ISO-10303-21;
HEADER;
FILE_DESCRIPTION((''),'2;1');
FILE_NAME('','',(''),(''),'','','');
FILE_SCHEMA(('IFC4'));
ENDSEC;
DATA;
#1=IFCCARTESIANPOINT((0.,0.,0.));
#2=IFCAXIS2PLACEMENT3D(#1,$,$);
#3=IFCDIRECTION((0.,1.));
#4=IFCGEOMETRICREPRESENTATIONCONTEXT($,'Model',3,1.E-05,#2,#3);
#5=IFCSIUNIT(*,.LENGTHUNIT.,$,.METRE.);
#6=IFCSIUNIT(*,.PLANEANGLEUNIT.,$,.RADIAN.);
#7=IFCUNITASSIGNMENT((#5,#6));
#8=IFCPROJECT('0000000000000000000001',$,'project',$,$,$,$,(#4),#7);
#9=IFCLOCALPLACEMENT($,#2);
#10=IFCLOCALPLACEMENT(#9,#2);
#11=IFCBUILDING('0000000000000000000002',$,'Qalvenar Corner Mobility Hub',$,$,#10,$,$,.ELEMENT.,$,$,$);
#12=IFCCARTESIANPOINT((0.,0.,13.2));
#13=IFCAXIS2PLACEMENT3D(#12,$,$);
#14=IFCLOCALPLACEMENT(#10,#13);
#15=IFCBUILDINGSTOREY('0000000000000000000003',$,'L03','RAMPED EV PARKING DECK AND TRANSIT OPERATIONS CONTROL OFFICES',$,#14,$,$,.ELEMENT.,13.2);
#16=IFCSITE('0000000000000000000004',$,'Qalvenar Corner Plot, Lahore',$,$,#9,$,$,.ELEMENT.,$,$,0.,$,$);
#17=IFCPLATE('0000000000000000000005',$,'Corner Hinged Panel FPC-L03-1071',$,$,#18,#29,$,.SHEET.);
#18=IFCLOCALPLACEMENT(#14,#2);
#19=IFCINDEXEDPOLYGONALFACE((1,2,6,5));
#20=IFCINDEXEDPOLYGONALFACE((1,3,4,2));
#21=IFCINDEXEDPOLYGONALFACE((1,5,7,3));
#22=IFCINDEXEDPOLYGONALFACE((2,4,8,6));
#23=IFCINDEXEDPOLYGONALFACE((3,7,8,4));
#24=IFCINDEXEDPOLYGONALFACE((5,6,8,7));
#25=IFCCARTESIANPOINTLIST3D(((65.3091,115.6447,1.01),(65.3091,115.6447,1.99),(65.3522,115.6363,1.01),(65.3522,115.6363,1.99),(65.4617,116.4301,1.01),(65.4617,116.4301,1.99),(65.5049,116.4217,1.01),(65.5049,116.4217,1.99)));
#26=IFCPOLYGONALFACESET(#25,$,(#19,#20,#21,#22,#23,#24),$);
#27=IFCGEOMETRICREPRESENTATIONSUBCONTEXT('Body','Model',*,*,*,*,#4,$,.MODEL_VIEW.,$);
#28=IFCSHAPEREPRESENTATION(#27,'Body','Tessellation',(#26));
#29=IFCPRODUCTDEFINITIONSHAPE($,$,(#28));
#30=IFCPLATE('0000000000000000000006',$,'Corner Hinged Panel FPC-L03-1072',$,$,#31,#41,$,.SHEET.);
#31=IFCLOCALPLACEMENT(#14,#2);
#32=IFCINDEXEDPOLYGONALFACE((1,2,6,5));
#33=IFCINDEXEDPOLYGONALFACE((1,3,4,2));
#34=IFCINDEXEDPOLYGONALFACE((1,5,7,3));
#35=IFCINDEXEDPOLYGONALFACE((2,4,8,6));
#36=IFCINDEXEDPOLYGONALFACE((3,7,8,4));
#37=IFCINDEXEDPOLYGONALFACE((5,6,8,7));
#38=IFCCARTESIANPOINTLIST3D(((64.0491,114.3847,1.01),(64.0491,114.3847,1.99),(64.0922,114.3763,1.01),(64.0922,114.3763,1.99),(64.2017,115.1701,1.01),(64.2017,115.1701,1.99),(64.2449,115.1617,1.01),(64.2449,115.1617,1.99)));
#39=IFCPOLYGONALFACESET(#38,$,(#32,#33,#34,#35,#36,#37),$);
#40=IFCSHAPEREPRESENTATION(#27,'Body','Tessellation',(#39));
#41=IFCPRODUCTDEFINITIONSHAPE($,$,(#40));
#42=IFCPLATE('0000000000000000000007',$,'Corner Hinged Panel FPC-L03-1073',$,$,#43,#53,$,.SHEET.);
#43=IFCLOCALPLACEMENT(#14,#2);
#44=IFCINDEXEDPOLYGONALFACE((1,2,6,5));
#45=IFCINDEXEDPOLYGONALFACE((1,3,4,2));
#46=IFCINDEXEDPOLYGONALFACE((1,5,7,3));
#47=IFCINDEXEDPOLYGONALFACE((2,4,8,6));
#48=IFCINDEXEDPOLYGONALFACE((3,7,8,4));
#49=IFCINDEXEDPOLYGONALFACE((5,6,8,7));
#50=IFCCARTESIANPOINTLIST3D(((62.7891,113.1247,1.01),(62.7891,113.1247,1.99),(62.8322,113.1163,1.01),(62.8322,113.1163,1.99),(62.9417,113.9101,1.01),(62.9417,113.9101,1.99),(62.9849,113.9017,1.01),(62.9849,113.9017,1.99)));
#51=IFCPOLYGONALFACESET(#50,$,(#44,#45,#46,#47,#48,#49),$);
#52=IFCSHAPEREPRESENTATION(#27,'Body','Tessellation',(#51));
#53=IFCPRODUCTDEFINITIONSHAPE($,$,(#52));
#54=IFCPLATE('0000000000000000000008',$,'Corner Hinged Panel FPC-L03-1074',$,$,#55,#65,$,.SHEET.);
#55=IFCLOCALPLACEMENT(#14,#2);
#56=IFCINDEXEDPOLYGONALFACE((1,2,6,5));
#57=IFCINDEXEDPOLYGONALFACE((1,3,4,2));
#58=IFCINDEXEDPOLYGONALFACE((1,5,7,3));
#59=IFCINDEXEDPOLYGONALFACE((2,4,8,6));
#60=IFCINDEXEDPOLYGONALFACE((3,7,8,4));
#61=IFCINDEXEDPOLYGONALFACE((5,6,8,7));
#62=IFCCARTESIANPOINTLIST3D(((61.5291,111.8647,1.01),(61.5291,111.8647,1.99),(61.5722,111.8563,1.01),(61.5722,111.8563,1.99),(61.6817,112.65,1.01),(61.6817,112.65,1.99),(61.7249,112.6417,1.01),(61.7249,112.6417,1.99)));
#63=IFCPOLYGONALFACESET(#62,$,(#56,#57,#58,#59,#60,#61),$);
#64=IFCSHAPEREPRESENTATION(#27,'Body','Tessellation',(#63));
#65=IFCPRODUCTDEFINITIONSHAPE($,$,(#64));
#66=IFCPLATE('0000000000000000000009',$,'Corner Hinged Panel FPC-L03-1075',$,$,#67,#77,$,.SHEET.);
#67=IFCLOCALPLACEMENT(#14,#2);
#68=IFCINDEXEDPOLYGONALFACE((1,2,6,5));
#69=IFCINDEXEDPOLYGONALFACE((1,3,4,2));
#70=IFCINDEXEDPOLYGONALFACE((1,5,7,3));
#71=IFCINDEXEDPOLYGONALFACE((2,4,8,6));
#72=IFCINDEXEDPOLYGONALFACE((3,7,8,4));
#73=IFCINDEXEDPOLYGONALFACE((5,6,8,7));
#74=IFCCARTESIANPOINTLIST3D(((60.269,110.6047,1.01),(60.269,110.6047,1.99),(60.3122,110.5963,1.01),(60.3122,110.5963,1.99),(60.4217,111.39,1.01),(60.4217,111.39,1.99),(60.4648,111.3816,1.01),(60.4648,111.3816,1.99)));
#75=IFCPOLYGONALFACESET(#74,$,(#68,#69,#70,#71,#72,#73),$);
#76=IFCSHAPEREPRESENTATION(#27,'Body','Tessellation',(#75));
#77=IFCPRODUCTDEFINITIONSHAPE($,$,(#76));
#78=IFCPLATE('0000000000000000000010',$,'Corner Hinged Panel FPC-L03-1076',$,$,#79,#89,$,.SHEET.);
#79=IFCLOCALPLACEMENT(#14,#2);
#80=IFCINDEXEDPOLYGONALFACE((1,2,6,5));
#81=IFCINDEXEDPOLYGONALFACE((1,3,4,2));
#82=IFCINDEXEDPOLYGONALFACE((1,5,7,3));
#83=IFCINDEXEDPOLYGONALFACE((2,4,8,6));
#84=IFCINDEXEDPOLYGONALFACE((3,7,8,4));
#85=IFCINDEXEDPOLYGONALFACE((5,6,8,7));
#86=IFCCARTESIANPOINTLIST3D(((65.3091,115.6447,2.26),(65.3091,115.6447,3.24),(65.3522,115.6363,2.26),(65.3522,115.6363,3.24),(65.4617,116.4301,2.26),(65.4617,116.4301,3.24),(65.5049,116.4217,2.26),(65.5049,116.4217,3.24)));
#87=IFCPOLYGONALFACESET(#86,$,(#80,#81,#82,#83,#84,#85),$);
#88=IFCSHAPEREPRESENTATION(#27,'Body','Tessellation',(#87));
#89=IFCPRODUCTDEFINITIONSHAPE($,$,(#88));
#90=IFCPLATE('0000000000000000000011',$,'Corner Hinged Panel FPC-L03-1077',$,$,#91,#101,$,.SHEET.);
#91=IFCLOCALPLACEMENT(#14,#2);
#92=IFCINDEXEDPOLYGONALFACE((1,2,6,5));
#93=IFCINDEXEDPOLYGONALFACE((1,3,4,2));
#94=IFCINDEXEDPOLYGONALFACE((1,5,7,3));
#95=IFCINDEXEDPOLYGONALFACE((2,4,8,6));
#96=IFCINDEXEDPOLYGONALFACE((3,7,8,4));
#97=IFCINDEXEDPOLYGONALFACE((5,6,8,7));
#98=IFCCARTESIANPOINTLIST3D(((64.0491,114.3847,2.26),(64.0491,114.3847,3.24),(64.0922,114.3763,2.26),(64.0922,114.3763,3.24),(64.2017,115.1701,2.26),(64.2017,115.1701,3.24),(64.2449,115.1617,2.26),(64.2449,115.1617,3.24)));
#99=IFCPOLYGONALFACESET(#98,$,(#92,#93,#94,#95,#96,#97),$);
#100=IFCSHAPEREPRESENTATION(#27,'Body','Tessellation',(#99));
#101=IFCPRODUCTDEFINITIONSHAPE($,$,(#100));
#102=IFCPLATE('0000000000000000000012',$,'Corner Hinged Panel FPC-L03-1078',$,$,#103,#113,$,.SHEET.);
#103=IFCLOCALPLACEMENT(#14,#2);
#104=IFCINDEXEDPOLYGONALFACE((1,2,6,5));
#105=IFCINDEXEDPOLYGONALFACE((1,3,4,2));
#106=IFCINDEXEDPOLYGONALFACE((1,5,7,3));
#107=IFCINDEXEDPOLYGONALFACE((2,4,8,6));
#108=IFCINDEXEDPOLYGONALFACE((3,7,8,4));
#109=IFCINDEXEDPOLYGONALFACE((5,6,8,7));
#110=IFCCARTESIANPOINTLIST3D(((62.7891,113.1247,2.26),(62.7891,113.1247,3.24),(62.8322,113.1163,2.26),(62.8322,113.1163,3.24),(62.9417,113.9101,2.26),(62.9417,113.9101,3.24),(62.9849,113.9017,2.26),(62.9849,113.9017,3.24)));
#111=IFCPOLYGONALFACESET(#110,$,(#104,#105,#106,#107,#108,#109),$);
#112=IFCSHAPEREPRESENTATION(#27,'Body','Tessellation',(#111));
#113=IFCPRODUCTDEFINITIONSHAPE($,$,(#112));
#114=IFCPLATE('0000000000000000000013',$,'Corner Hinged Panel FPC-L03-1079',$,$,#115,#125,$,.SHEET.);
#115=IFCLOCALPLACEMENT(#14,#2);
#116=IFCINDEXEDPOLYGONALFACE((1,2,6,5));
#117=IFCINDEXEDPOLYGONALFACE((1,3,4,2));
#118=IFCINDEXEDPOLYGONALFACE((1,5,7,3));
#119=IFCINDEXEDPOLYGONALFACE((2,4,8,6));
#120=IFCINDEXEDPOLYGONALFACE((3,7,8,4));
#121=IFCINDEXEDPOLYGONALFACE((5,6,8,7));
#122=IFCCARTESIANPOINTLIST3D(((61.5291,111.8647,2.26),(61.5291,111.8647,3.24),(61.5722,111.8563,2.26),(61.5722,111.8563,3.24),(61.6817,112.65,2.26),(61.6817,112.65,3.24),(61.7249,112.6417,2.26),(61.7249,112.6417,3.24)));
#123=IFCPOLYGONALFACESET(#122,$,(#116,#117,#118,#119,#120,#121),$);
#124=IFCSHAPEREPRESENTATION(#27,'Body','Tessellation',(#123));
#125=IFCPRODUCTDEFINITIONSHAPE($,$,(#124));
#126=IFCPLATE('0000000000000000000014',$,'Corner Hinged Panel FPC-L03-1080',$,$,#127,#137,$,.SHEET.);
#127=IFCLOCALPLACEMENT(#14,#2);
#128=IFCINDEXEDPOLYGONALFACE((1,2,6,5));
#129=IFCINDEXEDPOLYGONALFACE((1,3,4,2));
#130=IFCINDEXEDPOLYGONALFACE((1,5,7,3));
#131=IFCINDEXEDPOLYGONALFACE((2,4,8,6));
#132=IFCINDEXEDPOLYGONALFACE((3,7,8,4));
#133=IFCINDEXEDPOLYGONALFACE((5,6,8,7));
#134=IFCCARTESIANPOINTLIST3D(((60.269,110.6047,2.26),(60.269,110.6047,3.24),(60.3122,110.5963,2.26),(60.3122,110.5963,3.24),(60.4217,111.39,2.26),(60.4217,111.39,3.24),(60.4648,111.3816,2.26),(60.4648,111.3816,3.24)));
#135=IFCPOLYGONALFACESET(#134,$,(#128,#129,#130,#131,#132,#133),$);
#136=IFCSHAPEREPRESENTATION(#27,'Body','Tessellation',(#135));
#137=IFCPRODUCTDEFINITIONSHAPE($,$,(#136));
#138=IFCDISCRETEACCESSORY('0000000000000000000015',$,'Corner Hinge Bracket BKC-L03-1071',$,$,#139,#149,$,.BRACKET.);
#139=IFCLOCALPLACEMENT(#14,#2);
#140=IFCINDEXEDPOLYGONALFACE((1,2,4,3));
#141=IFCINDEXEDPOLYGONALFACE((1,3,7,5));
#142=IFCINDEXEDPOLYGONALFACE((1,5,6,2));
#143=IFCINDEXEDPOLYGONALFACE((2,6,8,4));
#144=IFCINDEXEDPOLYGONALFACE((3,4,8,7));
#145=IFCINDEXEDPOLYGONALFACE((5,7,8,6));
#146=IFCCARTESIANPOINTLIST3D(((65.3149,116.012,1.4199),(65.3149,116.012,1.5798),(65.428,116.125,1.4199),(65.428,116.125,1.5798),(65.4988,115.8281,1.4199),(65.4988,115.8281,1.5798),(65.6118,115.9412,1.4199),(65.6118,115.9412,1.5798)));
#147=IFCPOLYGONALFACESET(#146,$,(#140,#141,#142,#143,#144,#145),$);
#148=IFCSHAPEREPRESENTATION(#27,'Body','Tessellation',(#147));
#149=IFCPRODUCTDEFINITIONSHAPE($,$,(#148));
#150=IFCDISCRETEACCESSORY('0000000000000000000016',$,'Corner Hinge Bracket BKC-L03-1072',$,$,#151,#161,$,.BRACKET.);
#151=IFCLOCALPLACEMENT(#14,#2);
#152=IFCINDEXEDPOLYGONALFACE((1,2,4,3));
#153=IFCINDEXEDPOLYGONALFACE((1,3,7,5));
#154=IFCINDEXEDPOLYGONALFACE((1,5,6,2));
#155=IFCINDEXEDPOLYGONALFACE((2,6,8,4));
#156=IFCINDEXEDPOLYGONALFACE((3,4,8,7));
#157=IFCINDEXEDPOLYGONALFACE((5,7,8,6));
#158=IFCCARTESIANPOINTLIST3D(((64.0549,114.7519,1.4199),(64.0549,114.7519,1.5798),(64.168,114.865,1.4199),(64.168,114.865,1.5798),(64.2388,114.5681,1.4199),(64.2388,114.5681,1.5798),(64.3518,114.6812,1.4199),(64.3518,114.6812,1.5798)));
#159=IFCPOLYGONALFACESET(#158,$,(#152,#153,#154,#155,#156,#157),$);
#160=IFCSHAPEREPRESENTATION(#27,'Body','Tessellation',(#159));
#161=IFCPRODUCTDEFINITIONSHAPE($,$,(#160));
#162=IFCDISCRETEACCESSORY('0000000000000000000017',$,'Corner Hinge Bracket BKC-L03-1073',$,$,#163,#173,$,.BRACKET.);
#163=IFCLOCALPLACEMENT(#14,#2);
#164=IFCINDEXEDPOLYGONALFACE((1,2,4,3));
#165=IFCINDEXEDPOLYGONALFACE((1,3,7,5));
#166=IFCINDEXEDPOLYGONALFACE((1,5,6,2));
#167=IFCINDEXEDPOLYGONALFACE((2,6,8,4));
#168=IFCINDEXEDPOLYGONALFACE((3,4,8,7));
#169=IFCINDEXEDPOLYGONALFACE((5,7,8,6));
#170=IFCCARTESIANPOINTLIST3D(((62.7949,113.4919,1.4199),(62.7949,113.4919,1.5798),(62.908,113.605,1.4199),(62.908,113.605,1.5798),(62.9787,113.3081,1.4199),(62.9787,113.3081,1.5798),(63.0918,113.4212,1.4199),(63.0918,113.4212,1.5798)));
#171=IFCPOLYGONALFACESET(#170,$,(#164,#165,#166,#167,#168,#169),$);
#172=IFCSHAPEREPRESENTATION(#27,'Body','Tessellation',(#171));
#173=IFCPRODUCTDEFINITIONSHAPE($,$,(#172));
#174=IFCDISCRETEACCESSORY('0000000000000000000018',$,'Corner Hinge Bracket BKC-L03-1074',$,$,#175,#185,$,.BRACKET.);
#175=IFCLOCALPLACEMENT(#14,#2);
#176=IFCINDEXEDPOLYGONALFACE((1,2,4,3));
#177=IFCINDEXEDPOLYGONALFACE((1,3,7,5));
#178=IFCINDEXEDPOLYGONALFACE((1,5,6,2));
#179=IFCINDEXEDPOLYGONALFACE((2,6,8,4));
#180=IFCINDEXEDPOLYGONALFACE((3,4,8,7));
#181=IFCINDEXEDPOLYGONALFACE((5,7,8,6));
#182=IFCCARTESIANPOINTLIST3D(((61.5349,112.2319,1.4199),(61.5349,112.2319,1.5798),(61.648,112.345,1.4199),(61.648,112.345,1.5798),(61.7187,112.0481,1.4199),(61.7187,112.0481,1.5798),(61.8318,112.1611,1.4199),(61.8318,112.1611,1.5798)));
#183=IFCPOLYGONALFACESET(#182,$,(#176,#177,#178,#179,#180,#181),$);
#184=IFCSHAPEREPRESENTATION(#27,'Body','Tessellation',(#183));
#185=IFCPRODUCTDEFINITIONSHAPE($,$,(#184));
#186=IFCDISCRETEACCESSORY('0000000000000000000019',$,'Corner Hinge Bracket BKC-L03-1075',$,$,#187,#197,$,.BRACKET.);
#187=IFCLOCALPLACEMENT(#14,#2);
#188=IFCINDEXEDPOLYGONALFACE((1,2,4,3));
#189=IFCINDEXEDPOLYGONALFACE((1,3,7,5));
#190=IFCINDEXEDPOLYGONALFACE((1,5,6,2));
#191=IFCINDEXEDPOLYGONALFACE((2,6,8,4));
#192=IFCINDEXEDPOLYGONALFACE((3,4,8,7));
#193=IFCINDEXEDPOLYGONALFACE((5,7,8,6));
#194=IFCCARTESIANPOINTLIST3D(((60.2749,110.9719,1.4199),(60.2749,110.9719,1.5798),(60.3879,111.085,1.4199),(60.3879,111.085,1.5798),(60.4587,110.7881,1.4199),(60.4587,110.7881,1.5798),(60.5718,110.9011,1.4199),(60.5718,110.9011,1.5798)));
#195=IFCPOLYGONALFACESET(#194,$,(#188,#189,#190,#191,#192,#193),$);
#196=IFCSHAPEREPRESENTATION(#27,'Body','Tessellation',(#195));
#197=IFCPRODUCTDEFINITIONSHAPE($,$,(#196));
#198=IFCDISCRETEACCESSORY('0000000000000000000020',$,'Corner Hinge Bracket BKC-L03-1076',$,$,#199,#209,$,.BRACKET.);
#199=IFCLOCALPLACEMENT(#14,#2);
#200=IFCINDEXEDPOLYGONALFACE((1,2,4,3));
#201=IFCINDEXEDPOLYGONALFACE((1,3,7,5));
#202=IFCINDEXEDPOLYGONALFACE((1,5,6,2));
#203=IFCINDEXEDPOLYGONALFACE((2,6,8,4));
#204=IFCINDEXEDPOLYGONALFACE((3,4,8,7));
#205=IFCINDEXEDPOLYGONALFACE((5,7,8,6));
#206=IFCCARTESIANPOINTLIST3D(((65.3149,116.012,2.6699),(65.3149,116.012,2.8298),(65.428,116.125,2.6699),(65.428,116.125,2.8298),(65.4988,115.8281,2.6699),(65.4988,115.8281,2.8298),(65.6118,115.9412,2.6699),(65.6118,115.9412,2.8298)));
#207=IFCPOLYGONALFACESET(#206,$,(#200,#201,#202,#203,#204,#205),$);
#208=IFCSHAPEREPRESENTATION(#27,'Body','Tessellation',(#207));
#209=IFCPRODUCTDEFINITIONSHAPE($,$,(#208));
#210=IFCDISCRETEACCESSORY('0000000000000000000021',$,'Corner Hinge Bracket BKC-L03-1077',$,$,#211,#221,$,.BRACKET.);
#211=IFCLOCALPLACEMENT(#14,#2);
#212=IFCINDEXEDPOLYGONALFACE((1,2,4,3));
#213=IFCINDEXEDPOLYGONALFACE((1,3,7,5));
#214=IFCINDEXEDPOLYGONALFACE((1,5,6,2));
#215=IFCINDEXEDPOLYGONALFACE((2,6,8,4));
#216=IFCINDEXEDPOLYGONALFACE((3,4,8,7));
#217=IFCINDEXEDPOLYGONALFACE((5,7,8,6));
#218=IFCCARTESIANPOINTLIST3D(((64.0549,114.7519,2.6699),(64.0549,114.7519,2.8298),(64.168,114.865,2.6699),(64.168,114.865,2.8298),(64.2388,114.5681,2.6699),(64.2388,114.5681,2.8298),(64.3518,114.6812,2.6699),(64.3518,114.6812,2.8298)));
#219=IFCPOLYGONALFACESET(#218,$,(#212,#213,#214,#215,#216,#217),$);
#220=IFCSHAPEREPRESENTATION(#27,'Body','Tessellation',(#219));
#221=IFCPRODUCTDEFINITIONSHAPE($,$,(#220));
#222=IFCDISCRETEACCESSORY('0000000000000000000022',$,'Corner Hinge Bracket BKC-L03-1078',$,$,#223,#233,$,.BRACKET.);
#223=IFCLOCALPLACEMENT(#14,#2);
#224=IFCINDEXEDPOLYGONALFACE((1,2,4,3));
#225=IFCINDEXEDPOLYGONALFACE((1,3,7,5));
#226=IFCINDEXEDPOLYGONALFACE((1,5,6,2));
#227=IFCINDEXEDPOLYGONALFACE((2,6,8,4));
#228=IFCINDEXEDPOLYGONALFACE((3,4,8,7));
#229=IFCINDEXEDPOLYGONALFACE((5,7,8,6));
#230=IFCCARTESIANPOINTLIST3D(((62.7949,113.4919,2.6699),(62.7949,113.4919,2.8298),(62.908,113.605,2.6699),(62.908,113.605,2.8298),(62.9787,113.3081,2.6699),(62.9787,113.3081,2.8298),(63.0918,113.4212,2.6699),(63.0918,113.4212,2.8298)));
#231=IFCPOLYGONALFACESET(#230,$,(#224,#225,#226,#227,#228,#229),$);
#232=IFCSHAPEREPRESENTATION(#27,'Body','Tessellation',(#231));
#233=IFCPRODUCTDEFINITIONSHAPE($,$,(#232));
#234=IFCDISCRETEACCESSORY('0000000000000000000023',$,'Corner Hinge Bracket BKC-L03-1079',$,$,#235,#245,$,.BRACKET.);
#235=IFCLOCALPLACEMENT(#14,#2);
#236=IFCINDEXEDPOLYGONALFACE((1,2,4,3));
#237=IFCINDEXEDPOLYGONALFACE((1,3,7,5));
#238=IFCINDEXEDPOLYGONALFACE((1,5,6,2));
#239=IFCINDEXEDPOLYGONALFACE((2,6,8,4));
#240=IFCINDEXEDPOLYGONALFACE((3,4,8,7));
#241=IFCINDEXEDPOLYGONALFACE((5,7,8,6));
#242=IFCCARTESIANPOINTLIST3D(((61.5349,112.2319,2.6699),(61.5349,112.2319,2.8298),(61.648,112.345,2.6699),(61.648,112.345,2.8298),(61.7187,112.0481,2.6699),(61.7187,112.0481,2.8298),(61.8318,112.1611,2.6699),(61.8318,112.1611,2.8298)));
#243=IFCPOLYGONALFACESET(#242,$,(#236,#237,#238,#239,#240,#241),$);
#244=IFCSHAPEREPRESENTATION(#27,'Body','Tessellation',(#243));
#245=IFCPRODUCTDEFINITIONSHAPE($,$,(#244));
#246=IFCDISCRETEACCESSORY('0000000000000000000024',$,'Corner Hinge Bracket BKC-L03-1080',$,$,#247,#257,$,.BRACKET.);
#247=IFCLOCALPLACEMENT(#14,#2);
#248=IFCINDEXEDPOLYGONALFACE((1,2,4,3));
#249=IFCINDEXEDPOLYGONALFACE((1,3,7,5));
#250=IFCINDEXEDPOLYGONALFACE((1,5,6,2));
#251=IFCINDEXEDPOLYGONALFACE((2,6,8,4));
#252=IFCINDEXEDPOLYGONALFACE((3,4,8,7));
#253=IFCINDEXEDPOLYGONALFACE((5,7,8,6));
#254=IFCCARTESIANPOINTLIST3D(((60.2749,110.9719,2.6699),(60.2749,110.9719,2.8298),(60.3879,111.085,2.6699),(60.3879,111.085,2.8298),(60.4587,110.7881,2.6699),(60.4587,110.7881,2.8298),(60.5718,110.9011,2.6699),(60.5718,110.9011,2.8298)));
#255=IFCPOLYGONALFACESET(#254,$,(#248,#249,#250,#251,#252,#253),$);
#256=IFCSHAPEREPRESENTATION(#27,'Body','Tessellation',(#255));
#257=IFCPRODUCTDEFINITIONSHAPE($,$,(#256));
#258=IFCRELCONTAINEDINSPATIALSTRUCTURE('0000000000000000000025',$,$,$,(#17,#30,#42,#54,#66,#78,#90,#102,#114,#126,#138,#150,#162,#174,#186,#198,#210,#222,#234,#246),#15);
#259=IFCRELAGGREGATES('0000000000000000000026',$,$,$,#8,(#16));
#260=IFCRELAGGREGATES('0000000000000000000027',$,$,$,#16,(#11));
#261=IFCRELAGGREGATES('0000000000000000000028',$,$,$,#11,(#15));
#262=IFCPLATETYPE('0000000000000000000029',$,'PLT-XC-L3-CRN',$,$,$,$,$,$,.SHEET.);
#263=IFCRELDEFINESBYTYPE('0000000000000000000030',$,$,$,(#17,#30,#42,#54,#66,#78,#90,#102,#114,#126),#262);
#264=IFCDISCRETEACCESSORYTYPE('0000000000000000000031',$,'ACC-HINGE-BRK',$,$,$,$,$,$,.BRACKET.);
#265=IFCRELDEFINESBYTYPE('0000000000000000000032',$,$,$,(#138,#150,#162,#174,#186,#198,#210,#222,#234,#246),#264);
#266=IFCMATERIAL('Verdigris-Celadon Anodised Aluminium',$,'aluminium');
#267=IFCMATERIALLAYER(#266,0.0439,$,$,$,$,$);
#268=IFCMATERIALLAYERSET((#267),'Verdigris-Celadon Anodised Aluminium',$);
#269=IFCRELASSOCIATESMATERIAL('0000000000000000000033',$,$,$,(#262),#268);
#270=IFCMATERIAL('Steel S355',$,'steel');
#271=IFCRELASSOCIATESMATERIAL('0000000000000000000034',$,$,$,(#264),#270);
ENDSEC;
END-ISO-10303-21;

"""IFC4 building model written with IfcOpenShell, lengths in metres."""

from ifc_helpers import new_model, si_unit, direction, frame, origin, origin_2d, place, context, subcontext, project, spatial, rectangle, extrude, material, layer, layer_set, type_object, element, save


model = new_model("IFC4")

# Units and contexts
model_context = context("Model", 3, precision=1e-05, world=origin(), true_north=direction((0.0, 1.0)))
body_context = subcontext(model_context, "Body", "Model", "MODEL_VIEW")
ifc_project = project(units=[si_unit("LENGTHUNIT", "METRE"), si_unit("PLANEANGLEUNIT", "RADIAN")], contexts=[model_context])

# Site, building, storey
site_placement = place(None, origin())
site = spatial("IfcSite", under=ifc_project, at=site_placement, Name="Qalvenar Corner Plot, Lahore", CompositionType="ELEMENT", RefElevation=0.0)
building_placement = place(site_placement, origin())
building = spatial("IfcBuilding", under=site, at=building_placement, Name="Qalvenar Corner Mobility Hub", CompositionType="ELEMENT")
storey_placement = place(building_placement, frame((0.0, 0.0, 13.2)))
storey = spatial("IfcBuildingStorey", under=building, at=storey_placement, Name="L03", Description="RAMPED EV PARKING DECK AND TRANSIT OPERATIONS CONTROL OFFICES", CompositionType="ELEMENT", Elevation=13.2)

# Shared definitions
ifc_material_1 = material(Name="Steel S355", Category="steel")

# Plates
ifc_material_2 = material(Name="Verdigris-Celadon Anodised Aluminium", Category="aluminium")
ifc_layer = layer(ifc_material_2, 0.0439)
ifc_layer_set = layer_set([ifc_layer], Name="Verdigris-Celadon Anodised Aluminium")
plate_type = type_object("IfcPlateType", Name="PLT-XC-L3-CRN", PredefinedType="SHEET", material=ifc_layer_set)
for number, where, z_axis, x_axis, name in (
    (1, (65.407, 116.0332, 1.01), (0.0, 0.0, 1.0), (-0.190809, -0.981627, 0.0), "Corner Hinged Panel FPC-L03-1071"),
    (2, (64.147, 114.7732, 1.01), (0.0, 0.0, 1.0), (-0.190809, -0.981627, 0.0), "Corner Hinged Panel FPC-L03-1072"),
    (3, (62.887, 113.5132, 1.01), (0.0, 0.0, 1.0), (-0.190809, -0.981627, 0.0), "Corner Hinged Panel FPC-L03-1073"),
    (4, (61.627, 112.2532, 1.01), (0.0, 0.0, 1.0), (-0.190809, -0.981627, 0.0), "Corner Hinged Panel FPC-L03-1074"),
    (5, (60.3669, 110.9932, 1.01), (0.0, 0.0, 1.0), (-0.190809, -0.981627, 0.0), "Corner Hinged Panel FPC-L03-1075"),
    (6, (65.407, 116.0332, 2.26), (0.0, 0.0, 1.0), (-0.190809, -0.981627, 0.0), "Corner Hinged Panel FPC-L03-1076"),
    (7, (64.147, 114.7732, 2.26), (0.0, 0.0, 1.0), (-0.190809, -0.981627, 0.0), "Corner Hinged Panel FPC-L03-1077"),
    (8, (62.887, 113.5132, 2.26), (0.0, 0.0, 1.0), (-0.190809, -0.981627, 0.0), "Corner Hinged Panel FPC-L03-1078"),
    (9, (61.627, 112.2532, 2.26), (0.0, 0.0, 1.0), (-0.190809, -0.981627, 0.0), "Corner Hinged Panel FPC-L03-1079"),
    (10, (60.3669, 110.9932, 2.26), (0.0, 0.0, 1.0), (-0.190809, -0.981627, 0.0), "Corner Hinged Panel FPC-L03-1080"),
):
    element("IfcPlate", number, at=place(storey_placement, frame(where, z_axis=z_axis, x_axis=x_axis)), inside=storey, type_object=plate_type, Name=name, PredefinedType="SHEET", context=body_context, shape_type="SweptSolid", body=[
        extrude(rectangle(XDim=0.8, YDim=0.0439, at=origin_2d()), origin(), (0.0, 0.0, 1.0), 0.98),
    ])

# Discrete accessories
discrete_accessory_type = type_object("IfcDiscreteAccessoryType", Name="ACC-HINGE-BRK", PredefinedType="BRACKET", material=ifc_material_1)
for number, where, z_axis, x_axis, name in (
    (11, (65.4634, 115.9766, 1.4199), (0.0, 0.0, 1.0), (-0.707107, -0.707107, 0.0), "Corner Hinge Bracket BKC-L03-1071"),
    (12, (64.2034, 114.7166, 1.4199), (0.0, 0.0, 1.0), (-0.707107, -0.707107, 0.0), "Corner Hinge Bracket BKC-L03-1072"),
    (13, (62.9434, 113.4565, 1.4199), (0.0, 0.0, 1.0), (-0.707107, -0.707107, 0.0), "Corner Hinge Bracket BKC-L03-1073"),
    (14, (61.6833, 112.1965, 1.4199), (0.0, 0.0, 1.0), (-0.707107, -0.707107, 0.0), "Corner Hinge Bracket BKC-L03-1074"),
    (15, (60.4233, 110.9365, 1.4199), (0.0, 0.0, 1.0), (-0.707107, -0.707107, 0.0), "Corner Hinge Bracket BKC-L03-1075"),
    (16, (65.4634, 115.9766, 2.6699), (0.0, 0.0, 1.0), (-0.707107, -0.707107, 0.0), "Corner Hinge Bracket BKC-L03-1076"),
    (17, (64.2034, 114.7166, 2.6699), (0.0, 0.0, 1.0), (-0.707107, -0.707107, 0.0), "Corner Hinge Bracket BKC-L03-1077"),
    (18, (62.9434, 113.4565, 2.6699), (0.0, 0.0, 1.0), (-0.707107, -0.707107, 0.0), "Corner Hinge Bracket BKC-L03-1078"),
    (19, (61.6833, 112.1965, 2.6699), (0.0, 0.0, 1.0), (-0.707107, -0.707107, 0.0), "Corner Hinge Bracket BKC-L03-1079"),
    (20, (60.4233, 110.9365, 2.6699), (0.0, 0.0, 1.0), (-0.707107, -0.707107, 0.0), "Corner Hinge Bracket BKC-L03-1080"),
):
    element("IfcDiscreteAccessory", number, at=place(storey_placement, frame(where, z_axis=z_axis, x_axis=x_axis)), inside=storey, type_object=discrete_accessory_type, Name=name, PredefinedType="BRACKET", context=body_context, shape_type="SweptSolid", body=[
        extrude(rectangle(XDim=0.1599, YDim=0.26, at=origin_2d()), origin(), (0.0, 0.0, 1.0), 0.1599),
    ])

save(model, "model.ifc")
